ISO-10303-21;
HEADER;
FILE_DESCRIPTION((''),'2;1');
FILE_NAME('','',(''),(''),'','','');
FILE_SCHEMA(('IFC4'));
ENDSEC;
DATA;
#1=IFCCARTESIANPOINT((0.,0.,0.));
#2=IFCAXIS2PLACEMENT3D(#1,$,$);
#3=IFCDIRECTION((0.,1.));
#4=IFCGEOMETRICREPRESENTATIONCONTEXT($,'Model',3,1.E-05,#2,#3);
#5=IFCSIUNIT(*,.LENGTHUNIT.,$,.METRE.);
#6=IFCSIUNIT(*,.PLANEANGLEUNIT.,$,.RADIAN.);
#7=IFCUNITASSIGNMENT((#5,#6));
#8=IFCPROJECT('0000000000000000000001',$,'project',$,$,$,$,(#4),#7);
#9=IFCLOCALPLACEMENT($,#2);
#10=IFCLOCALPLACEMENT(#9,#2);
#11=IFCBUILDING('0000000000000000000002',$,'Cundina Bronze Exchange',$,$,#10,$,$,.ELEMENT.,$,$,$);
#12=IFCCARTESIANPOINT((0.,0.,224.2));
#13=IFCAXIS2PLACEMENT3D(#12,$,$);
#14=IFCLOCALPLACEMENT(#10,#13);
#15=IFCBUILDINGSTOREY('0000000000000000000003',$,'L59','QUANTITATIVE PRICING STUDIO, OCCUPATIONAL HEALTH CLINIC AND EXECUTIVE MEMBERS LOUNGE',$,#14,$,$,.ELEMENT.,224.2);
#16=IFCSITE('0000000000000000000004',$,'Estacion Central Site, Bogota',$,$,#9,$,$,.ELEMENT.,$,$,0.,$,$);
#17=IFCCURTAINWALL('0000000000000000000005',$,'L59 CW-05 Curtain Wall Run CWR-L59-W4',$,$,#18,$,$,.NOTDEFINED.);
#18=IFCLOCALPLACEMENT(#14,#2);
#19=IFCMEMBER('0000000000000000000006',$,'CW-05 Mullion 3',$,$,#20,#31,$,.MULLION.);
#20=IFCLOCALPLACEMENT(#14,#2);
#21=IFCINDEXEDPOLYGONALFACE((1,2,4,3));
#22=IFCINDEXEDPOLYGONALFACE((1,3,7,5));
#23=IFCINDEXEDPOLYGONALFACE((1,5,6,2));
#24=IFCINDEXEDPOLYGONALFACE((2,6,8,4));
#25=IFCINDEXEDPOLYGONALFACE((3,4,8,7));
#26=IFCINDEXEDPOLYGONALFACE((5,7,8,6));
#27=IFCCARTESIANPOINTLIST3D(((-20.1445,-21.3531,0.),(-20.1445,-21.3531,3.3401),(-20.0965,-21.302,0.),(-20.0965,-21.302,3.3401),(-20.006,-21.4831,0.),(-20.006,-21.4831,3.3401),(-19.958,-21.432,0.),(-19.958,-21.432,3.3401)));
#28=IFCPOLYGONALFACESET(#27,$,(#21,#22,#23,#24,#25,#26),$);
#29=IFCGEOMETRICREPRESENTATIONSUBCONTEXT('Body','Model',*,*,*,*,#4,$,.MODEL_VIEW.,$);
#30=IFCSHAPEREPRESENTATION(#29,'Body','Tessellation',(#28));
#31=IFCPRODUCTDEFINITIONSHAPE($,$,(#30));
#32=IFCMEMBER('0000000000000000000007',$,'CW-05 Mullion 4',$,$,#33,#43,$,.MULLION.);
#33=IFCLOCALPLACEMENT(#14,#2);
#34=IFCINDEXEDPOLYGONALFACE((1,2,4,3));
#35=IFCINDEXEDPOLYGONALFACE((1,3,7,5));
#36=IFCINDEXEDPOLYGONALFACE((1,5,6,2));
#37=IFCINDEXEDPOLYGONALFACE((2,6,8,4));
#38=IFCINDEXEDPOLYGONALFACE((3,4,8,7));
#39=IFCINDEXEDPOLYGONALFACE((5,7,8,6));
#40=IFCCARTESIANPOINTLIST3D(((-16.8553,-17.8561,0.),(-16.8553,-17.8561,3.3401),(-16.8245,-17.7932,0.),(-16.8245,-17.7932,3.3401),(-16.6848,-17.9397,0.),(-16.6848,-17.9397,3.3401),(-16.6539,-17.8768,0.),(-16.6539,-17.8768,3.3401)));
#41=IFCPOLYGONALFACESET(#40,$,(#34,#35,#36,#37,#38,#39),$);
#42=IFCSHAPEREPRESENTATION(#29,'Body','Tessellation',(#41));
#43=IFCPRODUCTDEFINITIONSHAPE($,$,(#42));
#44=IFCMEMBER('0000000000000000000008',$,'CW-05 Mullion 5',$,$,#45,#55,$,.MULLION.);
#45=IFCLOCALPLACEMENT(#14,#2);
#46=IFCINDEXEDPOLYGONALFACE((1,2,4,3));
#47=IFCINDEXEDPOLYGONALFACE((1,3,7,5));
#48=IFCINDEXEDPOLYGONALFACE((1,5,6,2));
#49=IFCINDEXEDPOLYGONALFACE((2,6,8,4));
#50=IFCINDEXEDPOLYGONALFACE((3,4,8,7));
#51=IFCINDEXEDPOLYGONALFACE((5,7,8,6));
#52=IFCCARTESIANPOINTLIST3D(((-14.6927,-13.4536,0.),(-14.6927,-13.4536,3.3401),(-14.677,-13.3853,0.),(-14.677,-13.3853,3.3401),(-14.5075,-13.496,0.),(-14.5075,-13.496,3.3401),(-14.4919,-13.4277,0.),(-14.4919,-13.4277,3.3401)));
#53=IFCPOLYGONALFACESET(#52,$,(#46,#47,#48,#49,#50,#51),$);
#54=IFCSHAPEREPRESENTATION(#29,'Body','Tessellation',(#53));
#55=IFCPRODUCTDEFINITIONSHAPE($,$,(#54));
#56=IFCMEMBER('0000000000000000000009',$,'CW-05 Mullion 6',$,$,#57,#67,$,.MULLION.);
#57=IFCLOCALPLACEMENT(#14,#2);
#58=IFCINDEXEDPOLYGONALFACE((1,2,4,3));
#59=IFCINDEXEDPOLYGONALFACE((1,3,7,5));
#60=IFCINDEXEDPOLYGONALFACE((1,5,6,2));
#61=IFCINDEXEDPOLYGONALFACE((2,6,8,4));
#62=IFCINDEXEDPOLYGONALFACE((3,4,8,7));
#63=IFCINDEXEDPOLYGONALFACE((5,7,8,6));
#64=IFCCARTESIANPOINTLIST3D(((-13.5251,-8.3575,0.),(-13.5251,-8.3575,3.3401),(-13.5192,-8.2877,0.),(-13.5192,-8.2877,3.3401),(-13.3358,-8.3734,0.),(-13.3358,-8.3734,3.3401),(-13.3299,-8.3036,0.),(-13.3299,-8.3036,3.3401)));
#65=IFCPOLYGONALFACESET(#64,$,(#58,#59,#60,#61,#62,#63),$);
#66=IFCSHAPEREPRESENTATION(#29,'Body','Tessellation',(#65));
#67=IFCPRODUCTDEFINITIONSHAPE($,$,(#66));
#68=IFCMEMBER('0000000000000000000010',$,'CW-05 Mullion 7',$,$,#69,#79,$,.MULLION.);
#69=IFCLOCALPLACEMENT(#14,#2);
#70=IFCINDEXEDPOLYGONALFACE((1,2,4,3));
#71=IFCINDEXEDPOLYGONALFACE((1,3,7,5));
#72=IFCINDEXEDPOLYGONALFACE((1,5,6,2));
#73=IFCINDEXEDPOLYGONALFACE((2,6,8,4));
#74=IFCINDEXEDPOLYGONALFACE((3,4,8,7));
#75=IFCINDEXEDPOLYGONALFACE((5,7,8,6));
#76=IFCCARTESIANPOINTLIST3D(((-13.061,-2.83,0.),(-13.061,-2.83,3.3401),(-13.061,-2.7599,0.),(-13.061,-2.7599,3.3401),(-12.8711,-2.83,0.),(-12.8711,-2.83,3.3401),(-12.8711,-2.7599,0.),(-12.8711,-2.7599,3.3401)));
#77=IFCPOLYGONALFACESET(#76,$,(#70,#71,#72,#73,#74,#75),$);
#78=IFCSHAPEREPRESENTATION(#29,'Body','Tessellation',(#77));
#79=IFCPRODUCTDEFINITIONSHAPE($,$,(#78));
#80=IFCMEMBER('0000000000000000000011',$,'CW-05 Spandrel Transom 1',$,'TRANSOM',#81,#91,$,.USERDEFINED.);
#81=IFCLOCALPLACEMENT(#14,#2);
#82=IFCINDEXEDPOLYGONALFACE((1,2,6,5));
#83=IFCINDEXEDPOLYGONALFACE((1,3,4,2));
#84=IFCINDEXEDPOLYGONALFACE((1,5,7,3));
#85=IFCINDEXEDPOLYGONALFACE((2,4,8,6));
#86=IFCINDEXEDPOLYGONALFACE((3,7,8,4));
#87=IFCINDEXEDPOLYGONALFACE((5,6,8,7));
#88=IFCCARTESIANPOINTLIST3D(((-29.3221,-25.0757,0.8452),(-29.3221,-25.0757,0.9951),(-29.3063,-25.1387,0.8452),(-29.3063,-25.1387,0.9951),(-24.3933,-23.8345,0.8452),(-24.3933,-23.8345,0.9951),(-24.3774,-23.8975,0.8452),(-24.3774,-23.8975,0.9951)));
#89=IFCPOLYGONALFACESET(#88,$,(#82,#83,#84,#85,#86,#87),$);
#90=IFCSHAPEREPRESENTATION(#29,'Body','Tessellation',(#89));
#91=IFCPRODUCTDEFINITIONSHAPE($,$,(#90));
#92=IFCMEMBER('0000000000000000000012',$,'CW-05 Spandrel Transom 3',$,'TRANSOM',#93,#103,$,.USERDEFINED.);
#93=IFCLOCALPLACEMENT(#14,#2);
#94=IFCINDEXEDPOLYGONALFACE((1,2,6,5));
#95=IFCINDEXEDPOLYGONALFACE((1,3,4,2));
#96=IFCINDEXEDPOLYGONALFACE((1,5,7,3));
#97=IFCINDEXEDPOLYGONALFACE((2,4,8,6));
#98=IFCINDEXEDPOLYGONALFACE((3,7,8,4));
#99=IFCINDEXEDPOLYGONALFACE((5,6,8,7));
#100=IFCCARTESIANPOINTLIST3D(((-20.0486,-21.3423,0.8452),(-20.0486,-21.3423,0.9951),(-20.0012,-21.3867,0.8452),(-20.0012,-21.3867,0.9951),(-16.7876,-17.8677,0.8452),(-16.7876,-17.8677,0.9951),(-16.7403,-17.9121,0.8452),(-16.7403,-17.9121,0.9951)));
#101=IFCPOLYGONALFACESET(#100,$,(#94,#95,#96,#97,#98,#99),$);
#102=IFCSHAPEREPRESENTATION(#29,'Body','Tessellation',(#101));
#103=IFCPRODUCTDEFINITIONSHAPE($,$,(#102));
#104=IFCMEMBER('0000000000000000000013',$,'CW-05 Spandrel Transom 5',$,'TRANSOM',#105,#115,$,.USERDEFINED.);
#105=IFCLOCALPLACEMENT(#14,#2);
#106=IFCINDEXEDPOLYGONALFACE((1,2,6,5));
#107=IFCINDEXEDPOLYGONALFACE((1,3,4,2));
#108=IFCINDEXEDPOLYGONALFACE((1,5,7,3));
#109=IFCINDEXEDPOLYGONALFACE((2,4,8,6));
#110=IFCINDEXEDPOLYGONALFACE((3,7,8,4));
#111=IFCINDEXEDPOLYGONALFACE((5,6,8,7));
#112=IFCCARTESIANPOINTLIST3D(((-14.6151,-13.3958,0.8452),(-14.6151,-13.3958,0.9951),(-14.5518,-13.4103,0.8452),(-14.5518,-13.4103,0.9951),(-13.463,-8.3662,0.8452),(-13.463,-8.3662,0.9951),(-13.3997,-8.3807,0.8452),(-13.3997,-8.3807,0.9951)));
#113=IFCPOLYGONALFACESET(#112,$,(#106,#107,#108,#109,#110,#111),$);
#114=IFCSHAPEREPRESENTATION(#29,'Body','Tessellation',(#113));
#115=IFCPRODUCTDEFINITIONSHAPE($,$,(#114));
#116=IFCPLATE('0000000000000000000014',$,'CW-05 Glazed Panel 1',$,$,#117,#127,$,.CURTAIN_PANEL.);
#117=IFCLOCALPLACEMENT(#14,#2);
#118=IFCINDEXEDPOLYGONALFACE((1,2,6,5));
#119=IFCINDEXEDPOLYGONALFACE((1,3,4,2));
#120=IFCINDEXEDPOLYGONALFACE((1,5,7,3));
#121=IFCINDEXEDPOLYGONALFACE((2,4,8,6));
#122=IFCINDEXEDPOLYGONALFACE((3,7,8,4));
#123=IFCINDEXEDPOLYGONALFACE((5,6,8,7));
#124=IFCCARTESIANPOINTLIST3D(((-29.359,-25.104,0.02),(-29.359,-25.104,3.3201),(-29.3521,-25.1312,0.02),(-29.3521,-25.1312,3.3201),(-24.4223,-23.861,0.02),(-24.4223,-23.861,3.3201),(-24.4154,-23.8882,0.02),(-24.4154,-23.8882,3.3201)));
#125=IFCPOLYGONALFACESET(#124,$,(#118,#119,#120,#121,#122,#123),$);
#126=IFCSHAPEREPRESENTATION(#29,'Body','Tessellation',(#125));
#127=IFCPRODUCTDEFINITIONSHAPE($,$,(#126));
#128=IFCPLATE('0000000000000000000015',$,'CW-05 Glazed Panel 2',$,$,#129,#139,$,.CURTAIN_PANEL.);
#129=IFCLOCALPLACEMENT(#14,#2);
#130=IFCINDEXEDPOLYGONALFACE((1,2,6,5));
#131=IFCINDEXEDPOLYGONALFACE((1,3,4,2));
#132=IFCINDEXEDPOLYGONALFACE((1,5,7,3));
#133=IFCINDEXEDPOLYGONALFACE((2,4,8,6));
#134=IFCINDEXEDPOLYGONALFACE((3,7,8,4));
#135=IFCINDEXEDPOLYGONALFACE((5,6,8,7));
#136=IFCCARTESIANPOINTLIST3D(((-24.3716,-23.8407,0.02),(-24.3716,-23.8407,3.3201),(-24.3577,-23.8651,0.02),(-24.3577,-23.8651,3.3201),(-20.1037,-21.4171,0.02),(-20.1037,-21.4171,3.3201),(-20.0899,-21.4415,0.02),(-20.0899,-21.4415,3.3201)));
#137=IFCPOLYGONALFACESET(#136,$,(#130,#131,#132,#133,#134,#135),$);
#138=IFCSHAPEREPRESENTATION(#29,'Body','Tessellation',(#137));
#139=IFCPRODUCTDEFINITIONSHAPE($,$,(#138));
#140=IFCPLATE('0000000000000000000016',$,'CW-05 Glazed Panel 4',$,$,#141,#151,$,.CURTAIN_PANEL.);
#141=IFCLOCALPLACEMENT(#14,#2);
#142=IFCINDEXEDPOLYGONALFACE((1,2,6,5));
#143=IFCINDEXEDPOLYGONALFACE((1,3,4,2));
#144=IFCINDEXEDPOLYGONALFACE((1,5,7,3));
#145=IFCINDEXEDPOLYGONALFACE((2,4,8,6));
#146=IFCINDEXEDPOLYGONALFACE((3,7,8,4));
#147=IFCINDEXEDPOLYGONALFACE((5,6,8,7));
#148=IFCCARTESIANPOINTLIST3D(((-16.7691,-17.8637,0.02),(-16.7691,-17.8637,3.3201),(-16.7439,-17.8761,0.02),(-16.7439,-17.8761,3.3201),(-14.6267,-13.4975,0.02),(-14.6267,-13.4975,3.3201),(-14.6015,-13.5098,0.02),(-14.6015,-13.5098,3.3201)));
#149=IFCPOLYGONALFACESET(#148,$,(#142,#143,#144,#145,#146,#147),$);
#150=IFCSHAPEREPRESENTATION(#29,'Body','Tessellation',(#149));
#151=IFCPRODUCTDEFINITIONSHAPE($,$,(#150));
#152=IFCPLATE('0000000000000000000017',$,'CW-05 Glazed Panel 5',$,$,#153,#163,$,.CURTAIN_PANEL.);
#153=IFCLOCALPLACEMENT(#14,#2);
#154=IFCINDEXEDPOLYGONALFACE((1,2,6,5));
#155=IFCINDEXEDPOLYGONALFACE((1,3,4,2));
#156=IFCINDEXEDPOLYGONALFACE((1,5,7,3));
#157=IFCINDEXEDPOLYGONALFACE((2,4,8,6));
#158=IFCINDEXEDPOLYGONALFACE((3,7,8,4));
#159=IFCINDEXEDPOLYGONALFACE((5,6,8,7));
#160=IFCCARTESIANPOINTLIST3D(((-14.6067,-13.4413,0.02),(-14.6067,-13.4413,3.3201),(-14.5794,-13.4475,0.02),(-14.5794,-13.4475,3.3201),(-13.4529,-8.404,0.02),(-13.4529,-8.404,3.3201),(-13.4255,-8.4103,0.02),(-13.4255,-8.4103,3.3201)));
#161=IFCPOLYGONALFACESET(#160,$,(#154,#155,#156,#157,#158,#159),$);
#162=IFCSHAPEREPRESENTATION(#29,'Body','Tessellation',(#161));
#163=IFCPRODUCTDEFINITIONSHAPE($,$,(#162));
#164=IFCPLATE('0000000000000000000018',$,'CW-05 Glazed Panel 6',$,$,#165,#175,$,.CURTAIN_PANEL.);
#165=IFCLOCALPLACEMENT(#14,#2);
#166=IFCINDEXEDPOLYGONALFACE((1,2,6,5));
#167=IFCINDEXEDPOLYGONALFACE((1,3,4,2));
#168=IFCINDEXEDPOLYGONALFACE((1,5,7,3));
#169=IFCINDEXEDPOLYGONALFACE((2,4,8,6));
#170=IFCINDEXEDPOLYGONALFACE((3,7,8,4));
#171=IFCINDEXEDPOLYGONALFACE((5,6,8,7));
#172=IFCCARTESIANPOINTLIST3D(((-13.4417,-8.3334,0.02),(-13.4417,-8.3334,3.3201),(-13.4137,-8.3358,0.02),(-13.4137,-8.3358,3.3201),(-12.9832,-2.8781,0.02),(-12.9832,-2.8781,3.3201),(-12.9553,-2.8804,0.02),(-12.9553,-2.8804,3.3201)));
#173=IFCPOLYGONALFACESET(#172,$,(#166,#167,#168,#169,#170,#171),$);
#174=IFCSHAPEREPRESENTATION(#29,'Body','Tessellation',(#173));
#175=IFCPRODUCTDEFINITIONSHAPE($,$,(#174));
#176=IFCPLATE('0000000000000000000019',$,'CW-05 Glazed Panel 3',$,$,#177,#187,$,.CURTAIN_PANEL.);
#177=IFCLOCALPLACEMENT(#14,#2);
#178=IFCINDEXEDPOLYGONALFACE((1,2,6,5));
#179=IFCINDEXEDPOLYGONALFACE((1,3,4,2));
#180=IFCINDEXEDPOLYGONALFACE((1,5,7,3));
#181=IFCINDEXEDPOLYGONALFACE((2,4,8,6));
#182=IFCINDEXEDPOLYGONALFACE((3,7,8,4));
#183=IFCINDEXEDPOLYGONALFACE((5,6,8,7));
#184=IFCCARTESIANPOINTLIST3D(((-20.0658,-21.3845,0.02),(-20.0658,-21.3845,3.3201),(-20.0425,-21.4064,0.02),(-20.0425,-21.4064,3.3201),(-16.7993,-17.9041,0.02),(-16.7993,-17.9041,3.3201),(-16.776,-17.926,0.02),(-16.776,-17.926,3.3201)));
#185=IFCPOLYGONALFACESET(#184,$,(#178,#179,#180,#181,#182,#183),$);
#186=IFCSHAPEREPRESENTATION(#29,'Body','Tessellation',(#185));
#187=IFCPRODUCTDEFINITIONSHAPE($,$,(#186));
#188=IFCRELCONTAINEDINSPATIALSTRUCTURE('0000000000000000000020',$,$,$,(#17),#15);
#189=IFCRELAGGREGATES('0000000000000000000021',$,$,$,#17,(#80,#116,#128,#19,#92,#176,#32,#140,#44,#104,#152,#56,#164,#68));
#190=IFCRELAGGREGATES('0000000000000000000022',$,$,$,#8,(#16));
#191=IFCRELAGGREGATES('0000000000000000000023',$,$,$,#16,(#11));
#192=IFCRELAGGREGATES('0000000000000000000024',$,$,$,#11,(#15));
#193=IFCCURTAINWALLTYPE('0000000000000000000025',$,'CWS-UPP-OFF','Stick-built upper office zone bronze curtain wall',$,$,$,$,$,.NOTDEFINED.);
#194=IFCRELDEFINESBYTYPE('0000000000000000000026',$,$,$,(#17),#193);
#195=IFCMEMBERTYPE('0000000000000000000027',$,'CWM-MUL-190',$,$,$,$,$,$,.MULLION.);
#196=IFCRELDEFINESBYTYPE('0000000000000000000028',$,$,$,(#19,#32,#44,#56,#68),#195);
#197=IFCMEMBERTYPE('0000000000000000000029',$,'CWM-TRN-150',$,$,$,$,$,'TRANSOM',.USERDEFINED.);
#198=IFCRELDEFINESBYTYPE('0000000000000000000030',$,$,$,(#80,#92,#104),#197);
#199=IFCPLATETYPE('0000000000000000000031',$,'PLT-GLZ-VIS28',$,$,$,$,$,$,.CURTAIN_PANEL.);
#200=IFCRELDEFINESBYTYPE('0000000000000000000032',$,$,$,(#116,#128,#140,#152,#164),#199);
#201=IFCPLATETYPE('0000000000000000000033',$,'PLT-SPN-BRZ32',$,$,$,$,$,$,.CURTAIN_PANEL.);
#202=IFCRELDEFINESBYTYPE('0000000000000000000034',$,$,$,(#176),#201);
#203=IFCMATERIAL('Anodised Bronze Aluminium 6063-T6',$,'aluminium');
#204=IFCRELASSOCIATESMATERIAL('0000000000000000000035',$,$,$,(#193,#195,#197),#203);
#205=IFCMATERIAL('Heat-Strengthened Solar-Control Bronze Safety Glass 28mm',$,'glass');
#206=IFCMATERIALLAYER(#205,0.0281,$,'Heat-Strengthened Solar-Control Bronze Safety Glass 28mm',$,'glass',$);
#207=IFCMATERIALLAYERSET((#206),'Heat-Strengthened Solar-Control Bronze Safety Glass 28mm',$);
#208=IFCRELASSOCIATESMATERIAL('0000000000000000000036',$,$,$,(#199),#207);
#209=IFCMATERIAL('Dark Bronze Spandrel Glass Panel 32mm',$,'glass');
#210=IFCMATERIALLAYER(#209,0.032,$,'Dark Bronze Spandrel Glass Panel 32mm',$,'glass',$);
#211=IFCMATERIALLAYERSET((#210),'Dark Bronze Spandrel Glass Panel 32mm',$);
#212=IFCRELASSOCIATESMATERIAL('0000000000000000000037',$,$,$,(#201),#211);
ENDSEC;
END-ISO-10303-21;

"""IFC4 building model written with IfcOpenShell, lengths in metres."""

from ifc_helpers import new_model, si_unit, direction, frame, origin, origin_2d, place, context, subcontext, project, spatial, rectangle, extrude, material, layer, layer_set, material_profile, profile_set, type_object, element, aggregate, save


model = new_model("IFC4")

# Units and contexts
model_context = context("Model", 3, precision=1e-05, world=origin(), true_north=direction((0.0, 1.0)))
body_context = subcontext(model_context, "Body", "Model", "MODEL_VIEW")
ifc_project = project(units=[si_unit("LENGTHUNIT", "METRE"), si_unit("PLANEANGLEUNIT", "RADIAN")], contexts=[model_context])

# Site, building, storey
site_placement = place(None, origin())
site = spatial("IfcSite", under=ifc_project, at=site_placement, Name="Estacion Central Site, Bogota", CompositionType="ELEMENT", RefElevation=0.0)
building_placement = place(site_placement, origin())
building = spatial("IfcBuilding", under=site, at=building_placement, Name="Cundina Bronze Exchange", CompositionType="ELEMENT")
storey_placement = place(building_placement, frame((0.0, 0.0, 224.2)))
storey = spatial("IfcBuildingStorey", under=building, at=storey_placement, Name="L59", Description="QUANTITATIVE PRICING STUDIO, OCCUPATIONAL HEALTH CLINIC AND EXECUTIVE MEMBERS LOUNGE", CompositionType="ELEMENT", Elevation=224.2)

# Curtain wall, members, plates
ifc_material_1 = material(Name="Anodised Bronze Aluminium 6063-T6", Category="aluminium")
curtain_wall_type = type_object("IfcCurtainWallType", Name="CWS-UPP-OFF", Description="Stick-built upper office zone bronze curtain wall", PredefinedType="NOTDEFINED", material=ifc_material_1)
curtain_wall_placement = place(storey_placement, origin())
curtain_wall = element("IfcCurtainWall", 1, at=curtain_wall_placement, inside=storey, type_object=curtain_wall_type, Name="L59 CW-05 Curtain Wall Run CWR-L59-W4", PredefinedType="NOTDEFINED")
ifc_material_profile_1 = material_profile(ifc_material_1, rectangle(XDim=0.0701, YDim=0.1899, at=origin_2d()), Name="AL70X190", Category="aluminium")
ifc_profile_set_1 = profile_set([ifc_material_profile_1], Name="Anodised Bronze Aluminium 6063-T6")
member_type_1 = type_object("IfcMemberType", Name="CWM-MUL-190", PredefinedType="MULLION", material=ifc_profile_set_1)
member_1_placement = place(storey_placement, frame((-20.0513, -21.3926, 0.0), z_axis=(0.0, 0.0, 1.0), x_axis=(0.684293, 0.729208, 0.0)))
member_1 = element("IfcMember", 2, at=member_1_placement, type_object=member_type_1, Name="CW-05 Mullion 3", PredefinedType="MULLION", context=body_context, shape_type="SweptSolid", body=[
    extrude(rectangle(XDim=0.0701, YDim=0.1899, at=origin_2d()), origin(), (0.0, 0.0, 1.0), 3.3401),
])
member_2_placement = place(storey_placement, frame((-16.7546, -17.8665, 0.0), z_axis=(0.0, 0.0, 1.0), x_axis=(0.440566, 0.89772, 0.0)))
member_2 = element("IfcMember", 3, at=member_2_placement, type_object=member_type_1, Name="CW-05 Mullion 4", PredefinedType="MULLION", context=body_context, shape_type="SweptSolid", body=[
    extrude(rectangle(XDim=0.0701, YDim=0.1899, at=origin_2d()), origin(), (0.0, 0.0, 1.0), 3.3401),
])
member_3_placement = place(storey_placement, frame((-14.5923, -13.4407, 0.0), z_axis=(0.0, 0.0, 1.0), x_axis=(0.22325, 0.974761, 0.0)))
member_3 = element("IfcMember", 4, at=member_3_placement, type_object=member_type_1, Name="CW-05 Mullion 5", PredefinedType="MULLION", context=body_context, shape_type="SweptSolid", body=[
    extrude(rectangle(XDim=0.0701, YDim=0.1899, at=origin_2d()), origin(), (0.0, 0.0, 1.0), 3.3401),
])
member_4_placement = place(storey_placement, frame((-13.4275, -8.3306, 0.0), z_axis=(0.0, 0.0, 1.0), x_axis=(0.083678, 0.996493, 0.0)))
member_4 = element("IfcMember", 5, at=member_4_placement, type_object=member_type_1, Name="CW-05 Mullion 6", PredefinedType="MULLION", context=body_context, shape_type="SweptSolid", body=[
    extrude(rectangle(XDim=0.0701, YDim=0.1899, at=origin_2d()), origin(), (0.0, 0.0, 1.0), 3.3401),
])
member_5_placement = place(storey_placement, frame((-12.9661, -2.7949, 0.0), z_axis=(0.0, 0.0, 1.0), x_axis=(0.0, 1.0, 0.0)))
member_5 = element("IfcMember", 6, at=member_5_placement, type_object=member_type_1, Name="CW-05 Mullion 7", PredefinedType="MULLION", context=body_context, shape_type="SweptSolid", body=[
    extrude(rectangle(XDim=0.0701, YDim=0.1899, at=origin_2d()), origin(), (0.0, 0.0, 1.0), 3.3401),
])
ifc_material_profile_2 = material_profile(ifc_material_1, rectangle(XDim=0.0649, YDim=0.1499, at=origin_2d()), Name="AL65X150", Category="aluminium")
ifc_profile_set_2 = profile_set([ifc_material_profile_2], Name="Anodised Bronze Aluminium 6063-T6")
member_type_2 = type_object("IfcMemberType", Name="CWM-TRN-150", ElementType="TRANSOM", PredefinedType="USERDEFINED", material=ifc_profile_set_2)
member_6_placement = place(storey_placement, frame((-29.3142, -25.1072, 0.9202), z_axis=(0.969726, 0.244197, 0.0), x_axis=(-0.244197, 0.969726, 0.0)))
member_6 = element("IfcMember", 7, at=member_6_placement, type_object=member_type_2, Name="CW-05 Spandrel Transom 1", ObjectType="TRANSOM", PredefinedType="USERDEFINED", context=body_context, shape_type="SweptSolid", body=[
    extrude(rectangle(XDim=0.0649, YDim=0.1499, at=origin_2d()), origin(), (0.0, 0.0, 1.0), 5.0828),
])
member_7_placement = place(storey_placement, frame((-20.0249, -21.3645, 0.9202), z_axis=(0.684336, 0.729166, 0.0), x_axis=(-0.729166, 0.684336, 0.0)))
member_7 = element("IfcMember", 8, at=member_7_placement, type_object=member_type_2, Name="CW-05 Spandrel Transom 3", ObjectType="TRANSOM", PredefinedType="USERDEFINED", context=body_context, shape_type="SweptSolid", body=[
    extrude(rectangle(XDim=0.0649, YDim=0.1499, at=origin_2d()), origin(), (0.0, 0.0, 1.0), 4.7651),
])
member_8_placement = place(storey_placement, frame((-14.5835, -13.4031, 0.9202), z_axis=(0.223283, 0.974754, 0.0), x_axis=(-0.974754, 0.223283, 0.0)))
member_8 = element("IfcMember", 9, at=member_8_placement, type_object=member_type_2, Name="CW-05 Spandrel Transom 5", ObjectType="TRANSOM", PredefinedType="USERDEFINED", context=body_context, shape_type="SweptSolid", body=[
    extrude(rectangle(XDim=0.0649, YDim=0.1499, at=origin_2d()), origin(), (0.0, 0.0, 1.0), 5.1599),
])
ifc_material_2 = material(Name="Heat-Strengthened Solar-Control Bronze Safety Glass 28mm", Category="glass")
ifc_layer_1 = layer(ifc_material_2, 0.0281, Name="Heat-Strengthened Solar-Control Bronze Safety Glass 28mm", Category="glass")
ifc_layer_set_1 = layer_set([ifc_layer_1], Name="Heat-Strengthened Solar-Control Bronze Safety Glass 28mm")
plate_type_1 = type_object("IfcPlateType", Name="PLT-GLZ-VIS28", PredefinedType="CURTAIN_PANEL", material=ifc_layer_set_1)
plate_1_placement = place(storey_placement, frame((-26.8872, -24.4961, 0.02), z_axis=(0.0, 0.0, 1.0), x_axis=(0.969732, 0.244174, 0.0)))
plate_1 = element("IfcPlate", 10, at=plate_1_placement, type_object=plate_type_1, Name="CW-05 Glazed Panel 1", PredefinedType="CURTAIN_PANEL", context=body_context, shape_type="SweptSolid", body=[
    extrude(rectangle(XDim=5.0908, YDim=0.0281, at=origin_2d()), origin(), (0.0, 0.0, 1.0), 3.3),
])
plate_2_placement = place(storey_placement, frame((-22.2307, -22.6411, 0.02), z_axis=(0.0, 0.0, 1.0), x_axis=(0.869573, 0.493805, 0.0)))
plate_2 = element("IfcPlate", 11, at=plate_2_placement, type_object=plate_type_1, Name="CW-05 Glazed Panel 2", PredefinedType="CURTAIN_PANEL", context=body_context, shape_type="SweptSolid", body=[
    extrude(rectangle(XDim=4.908, YDim=0.0281, at=origin_2d()), origin(), (0.0, 0.0, 1.0), 3.3),
])
plate_3_placement = place(storey_placement, frame((-15.6853, -15.6868, 0.02), z_axis=(0.0, 0.0, 1.0), x_axis=(0.440503, 0.897751, 0.0)))
plate_3 = element("IfcPlate", 12, at=plate_3_placement, type_object=plate_type_1, Name="CW-05 Glazed Panel 4", PredefinedType="CURTAIN_PANEL", context=body_context, shape_type="SweptSolid", body=[
    extrude(rectangle(XDim=4.8635, YDim=0.0281, at=origin_2d()), origin(), (0.0, 0.0, 1.0), 3.3),
])
plate_4_placement = place(storey_placement, frame((-14.0161, -10.9258, 0.02), z_axis=(0.0, 0.0, 1.0), x_axis=(0.223284, 0.974753, 0.0)))
plate_4 = element("IfcPlate", 13, at=plate_4_placement, type_object=plate_type_1, Name="CW-05 Glazed Panel 5", PredefinedType="CURTAIN_PANEL", context=body_context, shape_type="SweptSolid", body=[
    extrude(rectangle(XDim=5.1677, YDim=0.0281, at=origin_2d()), origin(), (0.0, 0.0, 1.0), 3.3),
])
plate_5_placement = place(storey_placement, frame((-13.1985, -5.6069, 0.02), z_axis=(0.0, 0.0, 1.0), x_axis=(0.083747, 0.996487, 0.0)))
plate_5 = element("IfcPlate", 14, at=plate_5_placement, type_object=plate_type_1, Name="CW-05 Glazed Panel 6", PredefinedType="CURTAIN_PANEL", context=body_context, shape_type="SweptSolid", body=[
    extrude(rectangle(XDim=5.4746, YDim=0.0281, at=origin_2d()), origin(), (0.0, 0.0, 1.0), 3.3),
])
ifc_material_3 = material(Name="Dark Bronze Spandrel Glass Panel 32mm", Category="glass")
ifc_layer_2 = layer(ifc_material_3, 0.032, Name="Dark Bronze Spandrel Glass Panel 32mm", Category="glass")
ifc_layer_set_2 = layer_set([ifc_layer_2], Name="Dark Bronze Spandrel Glass Panel 32mm")
plate_type_2 = type_object("IfcPlateType", Name="PLT-SPN-BRZ32", PredefinedType="CURTAIN_PANEL", material=ifc_layer_set_2)
plate_6_placement = place(storey_placement, frame((-18.4209, -19.6553, 0.02), z_axis=(0.0, 0.0, 1.0), x_axis=(0.684344, 0.72916, 0.0)))
plate_6 = element("IfcPlate", 15, at=plate_6_placement, type_object=plate_type_2, Name="CW-05 Glazed Panel 3", PredefinedType="CURTAIN_PANEL", context=body_context, shape_type="SweptSolid", body=[
    extrude(rectangle(XDim=4.7732, YDim=0.032, at=origin_2d()), origin(), (0.0, 0.0, 1.0), 3.3),
])
aggregate(curtain_wall, [member_6, plate_1, plate_2, member_1, member_7, plate_6, member_2, plate_3, member_3, member_8, plate_4, member_4, plate_5, member_5])

save(model, "model.ifc")
